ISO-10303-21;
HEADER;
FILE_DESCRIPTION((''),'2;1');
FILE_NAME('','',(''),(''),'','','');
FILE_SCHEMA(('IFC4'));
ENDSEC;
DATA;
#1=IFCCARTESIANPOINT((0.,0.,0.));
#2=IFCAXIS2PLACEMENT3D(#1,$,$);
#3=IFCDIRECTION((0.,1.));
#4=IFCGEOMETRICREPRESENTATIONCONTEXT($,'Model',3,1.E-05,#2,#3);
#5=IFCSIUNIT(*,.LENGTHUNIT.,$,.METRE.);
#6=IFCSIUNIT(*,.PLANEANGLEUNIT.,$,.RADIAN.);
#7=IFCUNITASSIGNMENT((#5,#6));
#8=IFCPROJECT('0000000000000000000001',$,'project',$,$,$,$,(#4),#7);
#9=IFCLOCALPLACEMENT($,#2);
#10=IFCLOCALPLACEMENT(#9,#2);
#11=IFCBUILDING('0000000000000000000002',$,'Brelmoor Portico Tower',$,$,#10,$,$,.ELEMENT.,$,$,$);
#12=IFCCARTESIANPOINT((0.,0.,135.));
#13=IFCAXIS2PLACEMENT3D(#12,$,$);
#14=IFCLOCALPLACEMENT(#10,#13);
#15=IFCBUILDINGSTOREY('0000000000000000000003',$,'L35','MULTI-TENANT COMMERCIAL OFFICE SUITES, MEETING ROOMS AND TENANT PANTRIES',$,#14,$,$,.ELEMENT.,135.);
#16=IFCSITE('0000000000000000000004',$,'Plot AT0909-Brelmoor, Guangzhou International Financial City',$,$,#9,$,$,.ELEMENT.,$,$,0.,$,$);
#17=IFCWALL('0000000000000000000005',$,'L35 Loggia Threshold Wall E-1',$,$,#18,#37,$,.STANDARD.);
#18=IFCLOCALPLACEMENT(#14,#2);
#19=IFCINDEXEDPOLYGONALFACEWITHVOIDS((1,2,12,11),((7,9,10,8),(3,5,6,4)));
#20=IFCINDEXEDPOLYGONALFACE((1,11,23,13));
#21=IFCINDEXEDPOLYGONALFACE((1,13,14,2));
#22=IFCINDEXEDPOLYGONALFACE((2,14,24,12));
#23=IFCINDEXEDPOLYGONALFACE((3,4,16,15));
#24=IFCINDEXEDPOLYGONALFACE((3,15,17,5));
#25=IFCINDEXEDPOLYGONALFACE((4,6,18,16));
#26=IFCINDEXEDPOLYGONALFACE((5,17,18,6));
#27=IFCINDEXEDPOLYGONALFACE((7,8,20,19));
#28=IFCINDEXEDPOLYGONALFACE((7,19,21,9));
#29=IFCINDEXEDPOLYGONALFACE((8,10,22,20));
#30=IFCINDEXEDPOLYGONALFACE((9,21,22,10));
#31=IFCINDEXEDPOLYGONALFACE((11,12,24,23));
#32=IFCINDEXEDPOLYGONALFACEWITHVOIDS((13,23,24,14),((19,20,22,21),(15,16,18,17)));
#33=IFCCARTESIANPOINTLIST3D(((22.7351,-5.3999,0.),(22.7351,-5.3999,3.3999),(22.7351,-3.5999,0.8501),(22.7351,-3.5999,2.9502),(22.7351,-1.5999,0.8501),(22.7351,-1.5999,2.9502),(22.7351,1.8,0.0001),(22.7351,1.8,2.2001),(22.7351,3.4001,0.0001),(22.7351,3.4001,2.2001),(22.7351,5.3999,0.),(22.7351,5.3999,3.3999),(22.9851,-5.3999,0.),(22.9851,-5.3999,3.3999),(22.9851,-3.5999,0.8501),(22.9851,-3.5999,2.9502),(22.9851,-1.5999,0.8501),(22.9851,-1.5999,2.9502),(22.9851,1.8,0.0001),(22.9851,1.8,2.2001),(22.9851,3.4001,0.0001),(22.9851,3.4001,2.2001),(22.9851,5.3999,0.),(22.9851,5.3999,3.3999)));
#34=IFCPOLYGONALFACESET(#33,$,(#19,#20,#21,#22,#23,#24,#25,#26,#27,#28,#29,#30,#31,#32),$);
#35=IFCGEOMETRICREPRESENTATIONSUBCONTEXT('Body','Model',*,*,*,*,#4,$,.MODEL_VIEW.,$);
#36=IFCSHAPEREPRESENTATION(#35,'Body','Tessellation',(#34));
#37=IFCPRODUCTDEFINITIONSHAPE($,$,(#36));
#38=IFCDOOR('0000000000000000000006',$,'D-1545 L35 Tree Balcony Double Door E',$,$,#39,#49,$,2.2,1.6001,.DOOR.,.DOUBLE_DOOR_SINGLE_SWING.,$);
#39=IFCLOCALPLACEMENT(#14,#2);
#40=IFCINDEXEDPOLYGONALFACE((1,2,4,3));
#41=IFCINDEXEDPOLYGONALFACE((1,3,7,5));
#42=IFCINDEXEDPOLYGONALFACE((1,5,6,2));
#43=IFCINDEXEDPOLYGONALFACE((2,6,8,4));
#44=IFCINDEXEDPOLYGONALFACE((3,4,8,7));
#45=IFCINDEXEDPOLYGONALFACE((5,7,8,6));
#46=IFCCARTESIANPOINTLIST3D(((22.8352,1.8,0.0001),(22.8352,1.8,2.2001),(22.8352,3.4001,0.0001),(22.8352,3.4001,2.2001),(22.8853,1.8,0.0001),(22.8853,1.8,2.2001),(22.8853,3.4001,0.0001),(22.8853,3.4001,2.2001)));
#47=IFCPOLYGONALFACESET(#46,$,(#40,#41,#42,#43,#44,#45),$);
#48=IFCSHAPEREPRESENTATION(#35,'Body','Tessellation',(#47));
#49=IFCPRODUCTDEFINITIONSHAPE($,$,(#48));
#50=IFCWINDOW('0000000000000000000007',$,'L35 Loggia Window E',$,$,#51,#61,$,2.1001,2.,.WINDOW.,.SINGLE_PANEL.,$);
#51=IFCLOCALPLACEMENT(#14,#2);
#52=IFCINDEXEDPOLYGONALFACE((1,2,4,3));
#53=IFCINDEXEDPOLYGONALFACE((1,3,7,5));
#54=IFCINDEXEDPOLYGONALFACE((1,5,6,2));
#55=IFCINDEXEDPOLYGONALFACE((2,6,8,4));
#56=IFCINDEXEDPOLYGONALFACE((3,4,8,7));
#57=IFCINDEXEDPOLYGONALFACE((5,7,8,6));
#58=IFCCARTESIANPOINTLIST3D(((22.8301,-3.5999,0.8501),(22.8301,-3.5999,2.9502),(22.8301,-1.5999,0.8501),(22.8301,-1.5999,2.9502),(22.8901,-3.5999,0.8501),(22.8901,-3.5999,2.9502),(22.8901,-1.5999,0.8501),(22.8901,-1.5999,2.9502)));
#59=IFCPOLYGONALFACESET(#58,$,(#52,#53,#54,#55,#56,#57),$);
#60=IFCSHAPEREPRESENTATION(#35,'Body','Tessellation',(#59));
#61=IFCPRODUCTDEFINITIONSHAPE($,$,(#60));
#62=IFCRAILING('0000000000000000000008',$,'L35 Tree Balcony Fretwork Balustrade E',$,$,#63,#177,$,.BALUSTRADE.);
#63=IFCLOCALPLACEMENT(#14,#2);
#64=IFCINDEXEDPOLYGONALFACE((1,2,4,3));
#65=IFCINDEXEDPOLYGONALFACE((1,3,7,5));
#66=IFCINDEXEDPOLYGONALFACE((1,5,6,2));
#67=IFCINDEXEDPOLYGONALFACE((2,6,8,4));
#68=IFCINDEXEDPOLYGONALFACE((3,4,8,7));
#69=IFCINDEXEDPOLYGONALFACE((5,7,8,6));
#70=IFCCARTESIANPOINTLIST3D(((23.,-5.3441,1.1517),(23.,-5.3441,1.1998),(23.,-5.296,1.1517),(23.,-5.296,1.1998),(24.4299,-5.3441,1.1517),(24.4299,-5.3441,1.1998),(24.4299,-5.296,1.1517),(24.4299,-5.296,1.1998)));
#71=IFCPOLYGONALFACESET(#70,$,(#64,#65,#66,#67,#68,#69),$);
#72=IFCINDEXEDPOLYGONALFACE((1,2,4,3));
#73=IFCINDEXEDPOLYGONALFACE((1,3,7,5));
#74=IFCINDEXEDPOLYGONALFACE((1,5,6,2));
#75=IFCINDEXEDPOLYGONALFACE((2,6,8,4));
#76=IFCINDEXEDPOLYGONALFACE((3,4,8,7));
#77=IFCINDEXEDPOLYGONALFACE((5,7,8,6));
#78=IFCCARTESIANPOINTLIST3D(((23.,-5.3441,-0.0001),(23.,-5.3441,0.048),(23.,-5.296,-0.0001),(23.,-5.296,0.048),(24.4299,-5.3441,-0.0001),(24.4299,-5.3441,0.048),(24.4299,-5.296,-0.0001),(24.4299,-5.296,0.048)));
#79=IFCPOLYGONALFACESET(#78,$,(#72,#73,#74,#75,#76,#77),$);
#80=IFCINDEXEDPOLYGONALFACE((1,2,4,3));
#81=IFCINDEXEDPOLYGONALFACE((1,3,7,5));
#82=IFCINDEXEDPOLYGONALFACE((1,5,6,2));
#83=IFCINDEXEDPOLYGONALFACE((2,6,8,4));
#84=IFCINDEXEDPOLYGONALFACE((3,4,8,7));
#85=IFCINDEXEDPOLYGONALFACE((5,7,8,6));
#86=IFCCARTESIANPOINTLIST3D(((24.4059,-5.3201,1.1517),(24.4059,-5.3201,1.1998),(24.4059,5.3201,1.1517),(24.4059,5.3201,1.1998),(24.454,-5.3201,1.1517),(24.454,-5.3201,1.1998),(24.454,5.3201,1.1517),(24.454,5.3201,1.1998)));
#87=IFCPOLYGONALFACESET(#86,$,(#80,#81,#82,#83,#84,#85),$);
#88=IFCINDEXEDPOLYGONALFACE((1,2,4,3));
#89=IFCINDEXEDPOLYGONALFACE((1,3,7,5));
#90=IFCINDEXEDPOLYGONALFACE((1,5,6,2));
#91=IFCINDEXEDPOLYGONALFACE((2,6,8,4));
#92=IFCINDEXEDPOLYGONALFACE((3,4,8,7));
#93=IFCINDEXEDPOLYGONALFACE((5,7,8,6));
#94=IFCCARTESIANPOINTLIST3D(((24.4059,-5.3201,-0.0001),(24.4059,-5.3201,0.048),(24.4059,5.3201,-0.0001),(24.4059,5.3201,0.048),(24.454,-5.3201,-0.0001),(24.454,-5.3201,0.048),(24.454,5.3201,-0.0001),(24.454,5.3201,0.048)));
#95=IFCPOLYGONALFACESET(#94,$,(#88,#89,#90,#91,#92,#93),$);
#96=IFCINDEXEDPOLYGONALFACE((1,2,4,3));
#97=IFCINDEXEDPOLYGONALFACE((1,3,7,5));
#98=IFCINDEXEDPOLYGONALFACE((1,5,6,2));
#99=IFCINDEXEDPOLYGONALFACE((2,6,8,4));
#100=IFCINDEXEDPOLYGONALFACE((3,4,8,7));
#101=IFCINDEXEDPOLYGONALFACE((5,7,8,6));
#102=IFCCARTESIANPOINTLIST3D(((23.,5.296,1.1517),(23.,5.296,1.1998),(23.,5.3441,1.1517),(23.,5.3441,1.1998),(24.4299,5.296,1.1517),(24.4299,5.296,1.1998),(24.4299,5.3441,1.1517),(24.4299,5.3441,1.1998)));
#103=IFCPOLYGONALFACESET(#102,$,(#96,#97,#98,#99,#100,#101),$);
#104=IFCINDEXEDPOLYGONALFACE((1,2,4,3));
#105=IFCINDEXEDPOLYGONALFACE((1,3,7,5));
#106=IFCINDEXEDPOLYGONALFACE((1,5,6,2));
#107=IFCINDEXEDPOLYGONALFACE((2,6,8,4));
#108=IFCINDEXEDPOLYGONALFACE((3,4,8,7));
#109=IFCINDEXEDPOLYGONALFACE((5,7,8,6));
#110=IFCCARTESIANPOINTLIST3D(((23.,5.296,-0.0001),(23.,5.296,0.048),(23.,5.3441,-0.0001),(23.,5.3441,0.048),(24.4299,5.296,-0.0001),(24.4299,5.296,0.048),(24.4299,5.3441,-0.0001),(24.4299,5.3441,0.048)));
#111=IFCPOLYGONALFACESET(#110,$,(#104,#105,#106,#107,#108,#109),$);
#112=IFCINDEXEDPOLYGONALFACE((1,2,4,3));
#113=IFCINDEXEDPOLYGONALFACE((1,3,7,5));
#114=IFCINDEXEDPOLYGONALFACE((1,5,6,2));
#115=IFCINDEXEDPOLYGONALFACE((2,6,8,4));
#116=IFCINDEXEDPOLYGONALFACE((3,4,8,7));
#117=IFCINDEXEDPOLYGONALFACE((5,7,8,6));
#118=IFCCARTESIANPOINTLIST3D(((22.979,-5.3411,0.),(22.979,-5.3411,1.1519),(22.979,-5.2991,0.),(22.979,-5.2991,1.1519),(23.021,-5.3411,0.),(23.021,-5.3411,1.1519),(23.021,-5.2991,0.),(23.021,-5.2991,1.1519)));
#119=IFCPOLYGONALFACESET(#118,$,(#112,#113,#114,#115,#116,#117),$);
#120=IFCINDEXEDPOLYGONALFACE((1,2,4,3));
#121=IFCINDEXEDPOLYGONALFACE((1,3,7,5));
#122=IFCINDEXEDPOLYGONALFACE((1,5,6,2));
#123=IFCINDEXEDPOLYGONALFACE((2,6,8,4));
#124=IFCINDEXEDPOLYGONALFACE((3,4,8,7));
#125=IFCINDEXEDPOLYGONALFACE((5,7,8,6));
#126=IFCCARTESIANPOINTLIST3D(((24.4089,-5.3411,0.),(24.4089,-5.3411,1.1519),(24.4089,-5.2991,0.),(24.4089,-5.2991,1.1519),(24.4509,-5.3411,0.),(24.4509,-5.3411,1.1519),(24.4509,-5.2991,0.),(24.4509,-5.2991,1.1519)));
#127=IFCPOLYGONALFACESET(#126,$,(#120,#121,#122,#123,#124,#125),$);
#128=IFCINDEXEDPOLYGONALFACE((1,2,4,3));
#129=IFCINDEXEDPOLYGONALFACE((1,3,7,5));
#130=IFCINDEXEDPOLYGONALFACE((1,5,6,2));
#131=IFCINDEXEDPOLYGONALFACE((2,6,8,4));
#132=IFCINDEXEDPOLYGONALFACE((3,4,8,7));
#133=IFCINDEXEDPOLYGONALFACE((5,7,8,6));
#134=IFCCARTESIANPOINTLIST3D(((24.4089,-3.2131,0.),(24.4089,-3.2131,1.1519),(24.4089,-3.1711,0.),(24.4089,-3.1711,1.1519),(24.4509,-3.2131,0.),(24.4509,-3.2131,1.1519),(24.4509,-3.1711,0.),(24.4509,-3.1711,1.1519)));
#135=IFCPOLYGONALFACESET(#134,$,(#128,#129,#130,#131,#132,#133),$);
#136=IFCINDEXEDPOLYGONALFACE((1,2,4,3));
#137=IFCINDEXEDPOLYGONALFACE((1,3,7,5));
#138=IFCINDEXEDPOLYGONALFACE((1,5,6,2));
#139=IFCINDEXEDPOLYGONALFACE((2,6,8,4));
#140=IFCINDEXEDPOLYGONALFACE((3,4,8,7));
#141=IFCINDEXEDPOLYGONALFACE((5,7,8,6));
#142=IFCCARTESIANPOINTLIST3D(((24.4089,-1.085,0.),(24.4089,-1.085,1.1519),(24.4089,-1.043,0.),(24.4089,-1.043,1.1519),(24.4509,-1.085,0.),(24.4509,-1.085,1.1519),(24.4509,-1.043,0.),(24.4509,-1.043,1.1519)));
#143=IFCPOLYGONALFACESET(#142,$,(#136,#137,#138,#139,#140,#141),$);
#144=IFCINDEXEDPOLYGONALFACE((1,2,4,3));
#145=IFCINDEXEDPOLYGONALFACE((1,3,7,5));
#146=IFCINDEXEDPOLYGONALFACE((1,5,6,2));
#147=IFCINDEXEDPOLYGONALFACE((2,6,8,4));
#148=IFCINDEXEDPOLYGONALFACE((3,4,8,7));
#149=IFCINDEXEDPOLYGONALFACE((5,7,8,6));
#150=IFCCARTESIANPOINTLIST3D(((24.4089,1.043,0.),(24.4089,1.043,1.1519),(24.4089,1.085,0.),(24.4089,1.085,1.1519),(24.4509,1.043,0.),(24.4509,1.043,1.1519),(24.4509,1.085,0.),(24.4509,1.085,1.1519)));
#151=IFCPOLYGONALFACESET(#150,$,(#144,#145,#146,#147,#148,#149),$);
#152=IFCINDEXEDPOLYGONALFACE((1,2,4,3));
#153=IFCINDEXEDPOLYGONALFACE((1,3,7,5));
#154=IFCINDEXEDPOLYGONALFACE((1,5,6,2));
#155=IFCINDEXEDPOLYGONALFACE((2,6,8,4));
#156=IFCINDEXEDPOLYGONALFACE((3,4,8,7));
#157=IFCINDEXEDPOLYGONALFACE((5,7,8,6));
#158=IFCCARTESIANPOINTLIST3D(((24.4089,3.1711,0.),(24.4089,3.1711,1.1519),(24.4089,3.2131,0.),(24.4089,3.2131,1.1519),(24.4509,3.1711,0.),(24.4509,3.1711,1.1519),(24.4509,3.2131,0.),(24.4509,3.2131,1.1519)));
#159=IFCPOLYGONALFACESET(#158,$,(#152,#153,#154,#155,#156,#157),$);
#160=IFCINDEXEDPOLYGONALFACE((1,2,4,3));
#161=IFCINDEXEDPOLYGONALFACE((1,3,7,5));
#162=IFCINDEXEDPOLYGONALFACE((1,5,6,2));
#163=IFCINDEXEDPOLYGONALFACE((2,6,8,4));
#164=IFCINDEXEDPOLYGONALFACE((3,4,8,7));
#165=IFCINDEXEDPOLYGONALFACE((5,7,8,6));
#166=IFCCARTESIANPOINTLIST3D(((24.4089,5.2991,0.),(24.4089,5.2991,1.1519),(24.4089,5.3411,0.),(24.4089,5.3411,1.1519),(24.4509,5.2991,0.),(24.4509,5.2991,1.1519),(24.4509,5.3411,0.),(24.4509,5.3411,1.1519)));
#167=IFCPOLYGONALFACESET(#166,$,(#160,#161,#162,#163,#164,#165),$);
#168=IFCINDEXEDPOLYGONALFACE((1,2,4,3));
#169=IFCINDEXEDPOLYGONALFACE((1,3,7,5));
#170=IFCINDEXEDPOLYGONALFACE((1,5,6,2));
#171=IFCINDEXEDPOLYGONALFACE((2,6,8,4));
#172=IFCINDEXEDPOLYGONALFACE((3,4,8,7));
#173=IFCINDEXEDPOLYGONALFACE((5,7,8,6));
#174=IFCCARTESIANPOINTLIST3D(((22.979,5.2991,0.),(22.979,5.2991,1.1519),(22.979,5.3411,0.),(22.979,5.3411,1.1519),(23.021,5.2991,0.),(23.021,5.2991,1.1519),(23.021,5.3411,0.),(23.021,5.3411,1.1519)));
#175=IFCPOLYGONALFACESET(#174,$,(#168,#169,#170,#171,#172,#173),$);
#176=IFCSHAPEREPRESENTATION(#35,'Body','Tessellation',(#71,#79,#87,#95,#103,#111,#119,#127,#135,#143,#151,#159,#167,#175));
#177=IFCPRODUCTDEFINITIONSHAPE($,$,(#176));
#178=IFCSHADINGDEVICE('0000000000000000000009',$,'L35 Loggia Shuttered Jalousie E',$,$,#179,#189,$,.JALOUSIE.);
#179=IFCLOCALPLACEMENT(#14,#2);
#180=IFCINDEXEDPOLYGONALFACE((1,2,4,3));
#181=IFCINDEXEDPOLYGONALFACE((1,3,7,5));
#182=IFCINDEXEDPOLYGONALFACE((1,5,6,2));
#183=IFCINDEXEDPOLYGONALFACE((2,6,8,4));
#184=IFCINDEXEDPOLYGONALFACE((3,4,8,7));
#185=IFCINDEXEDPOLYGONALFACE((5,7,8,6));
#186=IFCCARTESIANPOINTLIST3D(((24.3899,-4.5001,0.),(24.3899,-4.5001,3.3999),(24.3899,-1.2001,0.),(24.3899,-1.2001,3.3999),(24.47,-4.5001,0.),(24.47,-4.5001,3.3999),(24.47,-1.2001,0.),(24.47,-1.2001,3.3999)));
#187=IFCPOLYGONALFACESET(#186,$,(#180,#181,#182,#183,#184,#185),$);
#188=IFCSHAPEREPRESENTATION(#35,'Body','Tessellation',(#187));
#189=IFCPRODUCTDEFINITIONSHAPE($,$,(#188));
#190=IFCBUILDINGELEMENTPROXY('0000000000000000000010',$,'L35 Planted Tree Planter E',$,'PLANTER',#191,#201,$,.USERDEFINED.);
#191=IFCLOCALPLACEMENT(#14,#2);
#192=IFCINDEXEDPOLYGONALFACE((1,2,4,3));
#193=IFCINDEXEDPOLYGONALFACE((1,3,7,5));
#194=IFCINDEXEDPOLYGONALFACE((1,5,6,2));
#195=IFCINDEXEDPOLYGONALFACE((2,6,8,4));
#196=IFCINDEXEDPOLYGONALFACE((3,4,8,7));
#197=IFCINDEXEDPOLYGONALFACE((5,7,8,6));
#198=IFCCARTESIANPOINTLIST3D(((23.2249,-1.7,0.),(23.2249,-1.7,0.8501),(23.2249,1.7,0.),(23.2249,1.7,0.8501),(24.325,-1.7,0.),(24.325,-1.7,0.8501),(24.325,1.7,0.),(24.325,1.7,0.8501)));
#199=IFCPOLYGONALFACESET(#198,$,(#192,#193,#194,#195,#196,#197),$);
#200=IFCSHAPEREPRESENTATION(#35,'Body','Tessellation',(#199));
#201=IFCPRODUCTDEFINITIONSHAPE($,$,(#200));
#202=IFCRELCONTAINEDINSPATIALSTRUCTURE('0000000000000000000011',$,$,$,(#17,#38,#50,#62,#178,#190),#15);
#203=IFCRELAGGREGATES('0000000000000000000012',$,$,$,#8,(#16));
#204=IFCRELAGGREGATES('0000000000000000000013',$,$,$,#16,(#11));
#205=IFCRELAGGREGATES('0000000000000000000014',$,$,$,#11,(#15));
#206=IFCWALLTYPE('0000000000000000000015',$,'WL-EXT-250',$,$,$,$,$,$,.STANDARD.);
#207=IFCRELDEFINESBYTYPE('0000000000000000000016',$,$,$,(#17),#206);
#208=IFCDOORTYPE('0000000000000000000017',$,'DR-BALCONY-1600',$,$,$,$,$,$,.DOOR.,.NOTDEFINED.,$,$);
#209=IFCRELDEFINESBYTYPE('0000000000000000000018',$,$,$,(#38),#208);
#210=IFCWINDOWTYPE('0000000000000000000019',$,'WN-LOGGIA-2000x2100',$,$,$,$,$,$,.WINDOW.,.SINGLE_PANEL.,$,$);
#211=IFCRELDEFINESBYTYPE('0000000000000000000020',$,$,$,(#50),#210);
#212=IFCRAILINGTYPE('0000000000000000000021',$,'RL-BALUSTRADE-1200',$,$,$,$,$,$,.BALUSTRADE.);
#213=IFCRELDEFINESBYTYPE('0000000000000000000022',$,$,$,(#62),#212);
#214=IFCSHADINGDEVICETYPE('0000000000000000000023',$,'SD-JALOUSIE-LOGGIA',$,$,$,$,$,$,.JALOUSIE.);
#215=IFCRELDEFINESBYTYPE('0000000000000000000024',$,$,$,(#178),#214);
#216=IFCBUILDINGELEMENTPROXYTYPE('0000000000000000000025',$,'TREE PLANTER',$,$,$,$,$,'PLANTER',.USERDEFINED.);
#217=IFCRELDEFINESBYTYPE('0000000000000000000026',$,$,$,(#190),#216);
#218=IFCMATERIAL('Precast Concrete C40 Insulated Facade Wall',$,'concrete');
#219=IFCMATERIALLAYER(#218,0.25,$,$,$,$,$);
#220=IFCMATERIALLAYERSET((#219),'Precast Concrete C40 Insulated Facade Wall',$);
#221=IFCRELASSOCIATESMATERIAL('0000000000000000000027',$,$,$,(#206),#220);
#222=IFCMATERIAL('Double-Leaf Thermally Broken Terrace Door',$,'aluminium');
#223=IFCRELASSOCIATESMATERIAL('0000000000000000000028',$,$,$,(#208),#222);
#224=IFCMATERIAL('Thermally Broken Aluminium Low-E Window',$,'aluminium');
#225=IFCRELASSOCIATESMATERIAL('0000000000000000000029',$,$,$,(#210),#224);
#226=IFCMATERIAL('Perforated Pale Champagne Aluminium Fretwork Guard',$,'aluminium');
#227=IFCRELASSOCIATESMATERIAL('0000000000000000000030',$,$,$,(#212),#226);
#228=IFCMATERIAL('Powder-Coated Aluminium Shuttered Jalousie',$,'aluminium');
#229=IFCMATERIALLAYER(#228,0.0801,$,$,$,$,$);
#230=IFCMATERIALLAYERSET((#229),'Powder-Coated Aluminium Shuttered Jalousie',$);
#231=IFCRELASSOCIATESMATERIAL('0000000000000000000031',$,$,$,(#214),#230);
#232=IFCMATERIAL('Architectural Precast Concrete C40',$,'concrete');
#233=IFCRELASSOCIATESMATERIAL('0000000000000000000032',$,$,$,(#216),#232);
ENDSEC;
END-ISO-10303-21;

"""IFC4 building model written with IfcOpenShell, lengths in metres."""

from ifc_helpers import new_model, si_unit, direction, frame, frame_2d, origin, origin_2d, place, context, subcontext, project, spatial, rectangle, extrude, material, layer, layer_set, type_object, element, fill, save


model = new_model("IFC4")

# Units and contexts
model_context = context("Model", 3, precision=1e-05, world=origin(), true_north=direction((0.0, 1.0)))
body_context = subcontext(model_context, "Body", "Model", "MODEL_VIEW")
ifc_project = project(units=[si_unit("LENGTHUNIT", "METRE"), si_unit("PLANEANGLEUNIT", "RADIAN")], contexts=[model_context])

# Site, building, storey
site_placement = place(None, origin())
site = spatial("IfcSite", under=ifc_project, at=site_placement, Name="Plot AT0909-Brelmoor, Guangzhou International Financial City", CompositionType="ELEMENT", RefElevation=0.0)
building_placement = place(site_placement, origin())
building = spatial("IfcBuilding", under=site, at=building_placement, Name="Brelmoor Portico Tower", CompositionType="ELEMENT")
storey_placement = place(building_placement, frame((0.0, 0.0, 135.0)))
storey = spatial("IfcBuildingStorey", under=building, at=storey_placement, Name="L35", Description="MULTI-TENANT COMMERCIAL OFFICE SUITES, MEETING ROOMS AND TENANT PANTRIES", CompositionType="ELEMENT", Elevation=135.0)

# Wall, openings, door, window
ifc_material_1 = material(Name="Precast Concrete C40 Insulated Facade Wall", Category="concrete")
ifc_layer_1 = layer(ifc_material_1, 0.25)
ifc_layer_set_1 = layer_set([ifc_layer_1], Name="Precast Concrete C40 Insulated Facade Wall")
wall_type_1 = type_object("IfcWallType", Name="WL-EXT-250", PredefinedType="STANDARD", material=ifc_layer_set_1)
wall_1_placement = place(storey_placement, frame((22.8601, -5.3999, 0.0), z_axis=(0.0, 0.0, 1.0), x_axis=(0.0, 1.0, 0.0)))
wall_1 = element("IfcWall", 1, at=wall_1_placement, inside=storey, type_object=wall_type_1, Name="L35 Loggia Threshold Wall E-1", PredefinedType="STANDARD", context=body_context, shape_type="SweptSolid", body=[
    extrude(rectangle(XDim=10.7998, YDim=0.25, at=frame_2d((5.3999, 0.0))), origin(), (0.0, 0.0, 1.0), 3.3999),
])
opening_1_placement = place(wall_1_placement, frame((7.2, 0.0, 0.0)))
opening_1 = element("IfcOpeningElement", 2, at=opening_1_placement, cuts=wall_1, PredefinedType="OPENING", context=body_context, shape_type="SweptSolid", body=[
    extrude(rectangle(XDim=1.6001, YDim=2.2, at=frame_2d((0.8, 1.1001))), frame((0.0, 0.135, 0.0), z_axis=(0.0, -1.0, 0.0), x_axis=(1.0, 0.0, 0.0)), (0.0, 0.0, 1.0), 0.27),
])
opening_2_placement = place(wall_1_placement, frame((1.8, 0.0, 0.8501)))
opening_2 = element("IfcOpeningElement", 3, at=opening_2_placement, cuts=wall_1, PredefinedType="OPENING", context=body_context, shape_type="SweptSolid", body=[
    extrude(rectangle(XDim=2.0, YDim=2.1001, at=frame_2d((1.0, 1.05))), frame((0.0, 0.135, 0.0), z_axis=(0.0, -1.0, 0.0), x_axis=(1.0, 0.0, 0.0)), (0.0, 0.0, 1.0), 0.27),
])
ifc_material_2 = material(Name="Double-Leaf Thermally Broken Terrace Door", Category="aluminium")
door_type = type_object("IfcDoorType", Name="DR-BALCONY-1600", OperationType="NOTDEFINED", PredefinedType="DOOR", material=ifc_material_2)
door_placement = place(opening_1_placement, origin())
door = element("IfcDoor", 4, at=door_placement, inside=storey, type_object=door_type, Name="D-1545 L35 Tree Balcony Double Door E", OperationType="DOUBLE_DOOR_SINGLE_SWING", OverallHeight=2.2, OverallWidth=1.6001, PredefinedType="DOOR", context=body_context, shape_type="SweptSolid", body=[
    extrude(rectangle(XDim=1.6001, YDim=2.2, at=frame_2d((0.8, 1.1001))), frame((0.0, 0.0249, 0.0), z_axis=(0.0, -1.0, 0.0), x_axis=(1.0, 0.0, 0.0)), (0.0, 0.0, 1.0), 0.05),
])
fill(opening_1, door)
ifc_material_3 = material(Name="Thermally Broken Aluminium Low-E Window", Category="aluminium")
window_type = type_object("IfcWindowType", Name="WN-LOGGIA-2000x2100", PartitioningType="SINGLE_PANEL", PredefinedType="WINDOW", material=ifc_material_3)
window_placement = place(opening_2_placement, origin())
window = element("IfcWindow", 5, at=window_placement, inside=storey, type_object=window_type, Name="L35 Loggia Window E", OverallHeight=2.1001, OverallWidth=2.0, PartitioningType="SINGLE_PANEL", PredefinedType="WINDOW", context=body_context, shape_type="SweptSolid", body=[
    extrude(rectangle(XDim=2.0, YDim=2.1001, at=frame_2d((1.0, 1.05))), frame((0.0, 0.03, 0.0), z_axis=(0.0, -1.0, 0.0), x_axis=(1.0, 0.0, 0.0)), (0.0, 0.0, 1.0), 0.0601),
])
fill(opening_2, window)

# Railing
ifc_material_4 = material(Name="Perforated Pale Champagne Aluminium Fretwork Guard", Category="aluminium")
railing_type = type_object("IfcRailingType", Name="RL-BALUSTRADE-1200", PredefinedType="BALUSTRADE", material=ifc_material_4)
railing_placement = place(storey_placement, frame((23.0, -5.3201, 0.0)))
element("IfcRailing", 6, at=railing_placement, inside=storey, type_object=railing_type, Name="L35 Tree Balcony Fretwork Balustrade E", PredefinedType="BALUSTRADE", context=body_context, shape_type="SweptSolid", body=[
    extrude(rectangle(XDim=0.0481, YDim=0.0481, at=origin_2d()), frame((0.0, 0.0, 1.1758), z_axis=(1.0, 0.0, 0.0), x_axis=(0.0, 1.0, 0.0)), (0.0, 0.0, 1.0), 1.4299),
    extrude(rectangle(XDim=0.0481, YDim=0.0481, at=origin_2d()), frame((0.0, 0.0, 0.0239), z_axis=(1.0, 0.0, 0.0), x_axis=(0.0, 1.0, 0.0)), (0.0, 0.0, 1.0), 1.4299),
    extrude(rectangle(XDim=0.0481, YDim=0.0481, at=origin_2d()), frame((1.4299, 0.0, 1.1758), z_axis=(0.0, 1.0, 0.0), x_axis=(-1.0, 0.0, 0.0)), (0.0, 0.0, 1.0), 10.6401),
    extrude(rectangle(XDim=0.0481, YDim=0.0481, at=origin_2d()), frame((1.4299, 0.0, 0.0239), z_axis=(0.0, 1.0, 0.0), x_axis=(-1.0, 0.0, 0.0)), (0.0, 0.0, 1.0), 10.6401),
    extrude(rectangle(XDim=0.0481, YDim=0.0481, at=origin_2d()), frame((1.4299, 10.6401, 1.1758), z_axis=(-1.0, 0.0, 0.0), x_axis=(0.0, -1.0, 0.0)), (0.0, 0.0, 1.0), 1.4299),
    extrude(rectangle(XDim=0.0481, YDim=0.0481, at=origin_2d()), frame((1.4299, 10.6401, 0.0239), z_axis=(-1.0, 0.0, 0.0), x_axis=(0.0, -1.0, 0.0)), (0.0, 0.0, 1.0), 1.4299),
    extrude(rectangle(XDim=0.042, YDim=0.042, at=origin_2d()), origin(), (0.0, 0.0, 1.0), 1.1519),
    extrude(rectangle(XDim=0.042, YDim=0.042, at=origin_2d()), frame((1.4299, 0.0, 0.0)), (0.0, 0.0, 1.0), 1.1519),
    extrude(rectangle(XDim=0.042, YDim=0.042, at=origin_2d()), frame((1.4299, 2.1279, 0.0)), (0.0, 0.0, 1.0), 1.1519),
    extrude(rectangle(XDim=0.042, YDim=0.042, at=origin_2d()), frame((1.4299, 4.2561, 0.0)), (0.0, 0.0, 1.0), 1.1519),
    extrude(rectangle(XDim=0.042, YDim=0.042, at=origin_2d()), frame((1.4299, 6.384, 0.0)), (0.0, 0.0, 1.0), 1.1519),
    extrude(rectangle(XDim=0.042, YDim=0.042, at=origin_2d()), frame((1.4299, 8.5122, 0.0)), (0.0, 0.0, 1.0), 1.1519),
    extrude(rectangle(XDim=0.042, YDim=0.042, at=origin_2d()), frame((1.4299, 10.6401, 0.0)), (0.0, 0.0, 1.0), 1.1519),
    extrude(rectangle(XDim=0.042, YDim=0.042, at=origin_2d()), frame((0.0, 10.6401, 0.0)), (0.0, 0.0, 1.0), 1.1519),
])

# Shading device
ifc_material_5 = material(Name="Powder-Coated Aluminium Shuttered Jalousie", Category="aluminium")
ifc_layer_2 = layer(ifc_material_5, 0.0801)
ifc_layer_set_2 = layer_set([ifc_layer_2], Name="Powder-Coated Aluminium Shuttered Jalousie")
shading_device_type = type_object("IfcShadingDeviceType", Name="SD-JALOUSIE-LOGGIA", PredefinedType="JALOUSIE", material=ifc_layer_set_2)
shading_device_placement = place(storey_placement, frame((24.4299, -2.8501, 0.0), z_axis=(0.0, 0.0, 1.0), x_axis=(0.0, 1.0, 0.0)))
element("IfcShadingDevice", 7, at=shading_device_placement, inside=storey, type_object=shading_device_type, Name="L35 Loggia Shuttered Jalousie E", PredefinedType="JALOUSIE", context=body_context, shape_type="SweptSolid", body=[
    extrude(rectangle(XDim=3.3, YDim=0.0801, at=origin_2d()), origin(), (0.0, 0.0, 1.0), 3.3999),
])

# Building element proxy
ifc_material_6 = material(Name="Architectural Precast Concrete C40", Category="concrete")
building_element_proxy_type = type_object("IfcBuildingElementProxyType", Name="TREE PLANTER", ElementType="PLANTER", PredefinedType="USERDEFINED", material=ifc_material_6)
proxy_placement = place(storey_placement, frame((23.7749, 0.0, 0.0), z_axis=(0.0, 0.0, 1.0), x_axis=(0.0, 1.0, 0.0)))
element("IfcBuildingElementProxy", 8, at=proxy_placement, inside=storey, type_object=building_element_proxy_type, Name="L35 Planted Tree Planter E", ObjectType="PLANTER", PredefinedType="USERDEFINED", context=body_context, shape_type="SweptSolid", body=[
    extrude(rectangle(XDim=3.3999, YDim=1.1001, at=origin_2d()), origin(), (0.0, 0.0, 1.0), 0.8501),
])

save(model, "model.ifc")
